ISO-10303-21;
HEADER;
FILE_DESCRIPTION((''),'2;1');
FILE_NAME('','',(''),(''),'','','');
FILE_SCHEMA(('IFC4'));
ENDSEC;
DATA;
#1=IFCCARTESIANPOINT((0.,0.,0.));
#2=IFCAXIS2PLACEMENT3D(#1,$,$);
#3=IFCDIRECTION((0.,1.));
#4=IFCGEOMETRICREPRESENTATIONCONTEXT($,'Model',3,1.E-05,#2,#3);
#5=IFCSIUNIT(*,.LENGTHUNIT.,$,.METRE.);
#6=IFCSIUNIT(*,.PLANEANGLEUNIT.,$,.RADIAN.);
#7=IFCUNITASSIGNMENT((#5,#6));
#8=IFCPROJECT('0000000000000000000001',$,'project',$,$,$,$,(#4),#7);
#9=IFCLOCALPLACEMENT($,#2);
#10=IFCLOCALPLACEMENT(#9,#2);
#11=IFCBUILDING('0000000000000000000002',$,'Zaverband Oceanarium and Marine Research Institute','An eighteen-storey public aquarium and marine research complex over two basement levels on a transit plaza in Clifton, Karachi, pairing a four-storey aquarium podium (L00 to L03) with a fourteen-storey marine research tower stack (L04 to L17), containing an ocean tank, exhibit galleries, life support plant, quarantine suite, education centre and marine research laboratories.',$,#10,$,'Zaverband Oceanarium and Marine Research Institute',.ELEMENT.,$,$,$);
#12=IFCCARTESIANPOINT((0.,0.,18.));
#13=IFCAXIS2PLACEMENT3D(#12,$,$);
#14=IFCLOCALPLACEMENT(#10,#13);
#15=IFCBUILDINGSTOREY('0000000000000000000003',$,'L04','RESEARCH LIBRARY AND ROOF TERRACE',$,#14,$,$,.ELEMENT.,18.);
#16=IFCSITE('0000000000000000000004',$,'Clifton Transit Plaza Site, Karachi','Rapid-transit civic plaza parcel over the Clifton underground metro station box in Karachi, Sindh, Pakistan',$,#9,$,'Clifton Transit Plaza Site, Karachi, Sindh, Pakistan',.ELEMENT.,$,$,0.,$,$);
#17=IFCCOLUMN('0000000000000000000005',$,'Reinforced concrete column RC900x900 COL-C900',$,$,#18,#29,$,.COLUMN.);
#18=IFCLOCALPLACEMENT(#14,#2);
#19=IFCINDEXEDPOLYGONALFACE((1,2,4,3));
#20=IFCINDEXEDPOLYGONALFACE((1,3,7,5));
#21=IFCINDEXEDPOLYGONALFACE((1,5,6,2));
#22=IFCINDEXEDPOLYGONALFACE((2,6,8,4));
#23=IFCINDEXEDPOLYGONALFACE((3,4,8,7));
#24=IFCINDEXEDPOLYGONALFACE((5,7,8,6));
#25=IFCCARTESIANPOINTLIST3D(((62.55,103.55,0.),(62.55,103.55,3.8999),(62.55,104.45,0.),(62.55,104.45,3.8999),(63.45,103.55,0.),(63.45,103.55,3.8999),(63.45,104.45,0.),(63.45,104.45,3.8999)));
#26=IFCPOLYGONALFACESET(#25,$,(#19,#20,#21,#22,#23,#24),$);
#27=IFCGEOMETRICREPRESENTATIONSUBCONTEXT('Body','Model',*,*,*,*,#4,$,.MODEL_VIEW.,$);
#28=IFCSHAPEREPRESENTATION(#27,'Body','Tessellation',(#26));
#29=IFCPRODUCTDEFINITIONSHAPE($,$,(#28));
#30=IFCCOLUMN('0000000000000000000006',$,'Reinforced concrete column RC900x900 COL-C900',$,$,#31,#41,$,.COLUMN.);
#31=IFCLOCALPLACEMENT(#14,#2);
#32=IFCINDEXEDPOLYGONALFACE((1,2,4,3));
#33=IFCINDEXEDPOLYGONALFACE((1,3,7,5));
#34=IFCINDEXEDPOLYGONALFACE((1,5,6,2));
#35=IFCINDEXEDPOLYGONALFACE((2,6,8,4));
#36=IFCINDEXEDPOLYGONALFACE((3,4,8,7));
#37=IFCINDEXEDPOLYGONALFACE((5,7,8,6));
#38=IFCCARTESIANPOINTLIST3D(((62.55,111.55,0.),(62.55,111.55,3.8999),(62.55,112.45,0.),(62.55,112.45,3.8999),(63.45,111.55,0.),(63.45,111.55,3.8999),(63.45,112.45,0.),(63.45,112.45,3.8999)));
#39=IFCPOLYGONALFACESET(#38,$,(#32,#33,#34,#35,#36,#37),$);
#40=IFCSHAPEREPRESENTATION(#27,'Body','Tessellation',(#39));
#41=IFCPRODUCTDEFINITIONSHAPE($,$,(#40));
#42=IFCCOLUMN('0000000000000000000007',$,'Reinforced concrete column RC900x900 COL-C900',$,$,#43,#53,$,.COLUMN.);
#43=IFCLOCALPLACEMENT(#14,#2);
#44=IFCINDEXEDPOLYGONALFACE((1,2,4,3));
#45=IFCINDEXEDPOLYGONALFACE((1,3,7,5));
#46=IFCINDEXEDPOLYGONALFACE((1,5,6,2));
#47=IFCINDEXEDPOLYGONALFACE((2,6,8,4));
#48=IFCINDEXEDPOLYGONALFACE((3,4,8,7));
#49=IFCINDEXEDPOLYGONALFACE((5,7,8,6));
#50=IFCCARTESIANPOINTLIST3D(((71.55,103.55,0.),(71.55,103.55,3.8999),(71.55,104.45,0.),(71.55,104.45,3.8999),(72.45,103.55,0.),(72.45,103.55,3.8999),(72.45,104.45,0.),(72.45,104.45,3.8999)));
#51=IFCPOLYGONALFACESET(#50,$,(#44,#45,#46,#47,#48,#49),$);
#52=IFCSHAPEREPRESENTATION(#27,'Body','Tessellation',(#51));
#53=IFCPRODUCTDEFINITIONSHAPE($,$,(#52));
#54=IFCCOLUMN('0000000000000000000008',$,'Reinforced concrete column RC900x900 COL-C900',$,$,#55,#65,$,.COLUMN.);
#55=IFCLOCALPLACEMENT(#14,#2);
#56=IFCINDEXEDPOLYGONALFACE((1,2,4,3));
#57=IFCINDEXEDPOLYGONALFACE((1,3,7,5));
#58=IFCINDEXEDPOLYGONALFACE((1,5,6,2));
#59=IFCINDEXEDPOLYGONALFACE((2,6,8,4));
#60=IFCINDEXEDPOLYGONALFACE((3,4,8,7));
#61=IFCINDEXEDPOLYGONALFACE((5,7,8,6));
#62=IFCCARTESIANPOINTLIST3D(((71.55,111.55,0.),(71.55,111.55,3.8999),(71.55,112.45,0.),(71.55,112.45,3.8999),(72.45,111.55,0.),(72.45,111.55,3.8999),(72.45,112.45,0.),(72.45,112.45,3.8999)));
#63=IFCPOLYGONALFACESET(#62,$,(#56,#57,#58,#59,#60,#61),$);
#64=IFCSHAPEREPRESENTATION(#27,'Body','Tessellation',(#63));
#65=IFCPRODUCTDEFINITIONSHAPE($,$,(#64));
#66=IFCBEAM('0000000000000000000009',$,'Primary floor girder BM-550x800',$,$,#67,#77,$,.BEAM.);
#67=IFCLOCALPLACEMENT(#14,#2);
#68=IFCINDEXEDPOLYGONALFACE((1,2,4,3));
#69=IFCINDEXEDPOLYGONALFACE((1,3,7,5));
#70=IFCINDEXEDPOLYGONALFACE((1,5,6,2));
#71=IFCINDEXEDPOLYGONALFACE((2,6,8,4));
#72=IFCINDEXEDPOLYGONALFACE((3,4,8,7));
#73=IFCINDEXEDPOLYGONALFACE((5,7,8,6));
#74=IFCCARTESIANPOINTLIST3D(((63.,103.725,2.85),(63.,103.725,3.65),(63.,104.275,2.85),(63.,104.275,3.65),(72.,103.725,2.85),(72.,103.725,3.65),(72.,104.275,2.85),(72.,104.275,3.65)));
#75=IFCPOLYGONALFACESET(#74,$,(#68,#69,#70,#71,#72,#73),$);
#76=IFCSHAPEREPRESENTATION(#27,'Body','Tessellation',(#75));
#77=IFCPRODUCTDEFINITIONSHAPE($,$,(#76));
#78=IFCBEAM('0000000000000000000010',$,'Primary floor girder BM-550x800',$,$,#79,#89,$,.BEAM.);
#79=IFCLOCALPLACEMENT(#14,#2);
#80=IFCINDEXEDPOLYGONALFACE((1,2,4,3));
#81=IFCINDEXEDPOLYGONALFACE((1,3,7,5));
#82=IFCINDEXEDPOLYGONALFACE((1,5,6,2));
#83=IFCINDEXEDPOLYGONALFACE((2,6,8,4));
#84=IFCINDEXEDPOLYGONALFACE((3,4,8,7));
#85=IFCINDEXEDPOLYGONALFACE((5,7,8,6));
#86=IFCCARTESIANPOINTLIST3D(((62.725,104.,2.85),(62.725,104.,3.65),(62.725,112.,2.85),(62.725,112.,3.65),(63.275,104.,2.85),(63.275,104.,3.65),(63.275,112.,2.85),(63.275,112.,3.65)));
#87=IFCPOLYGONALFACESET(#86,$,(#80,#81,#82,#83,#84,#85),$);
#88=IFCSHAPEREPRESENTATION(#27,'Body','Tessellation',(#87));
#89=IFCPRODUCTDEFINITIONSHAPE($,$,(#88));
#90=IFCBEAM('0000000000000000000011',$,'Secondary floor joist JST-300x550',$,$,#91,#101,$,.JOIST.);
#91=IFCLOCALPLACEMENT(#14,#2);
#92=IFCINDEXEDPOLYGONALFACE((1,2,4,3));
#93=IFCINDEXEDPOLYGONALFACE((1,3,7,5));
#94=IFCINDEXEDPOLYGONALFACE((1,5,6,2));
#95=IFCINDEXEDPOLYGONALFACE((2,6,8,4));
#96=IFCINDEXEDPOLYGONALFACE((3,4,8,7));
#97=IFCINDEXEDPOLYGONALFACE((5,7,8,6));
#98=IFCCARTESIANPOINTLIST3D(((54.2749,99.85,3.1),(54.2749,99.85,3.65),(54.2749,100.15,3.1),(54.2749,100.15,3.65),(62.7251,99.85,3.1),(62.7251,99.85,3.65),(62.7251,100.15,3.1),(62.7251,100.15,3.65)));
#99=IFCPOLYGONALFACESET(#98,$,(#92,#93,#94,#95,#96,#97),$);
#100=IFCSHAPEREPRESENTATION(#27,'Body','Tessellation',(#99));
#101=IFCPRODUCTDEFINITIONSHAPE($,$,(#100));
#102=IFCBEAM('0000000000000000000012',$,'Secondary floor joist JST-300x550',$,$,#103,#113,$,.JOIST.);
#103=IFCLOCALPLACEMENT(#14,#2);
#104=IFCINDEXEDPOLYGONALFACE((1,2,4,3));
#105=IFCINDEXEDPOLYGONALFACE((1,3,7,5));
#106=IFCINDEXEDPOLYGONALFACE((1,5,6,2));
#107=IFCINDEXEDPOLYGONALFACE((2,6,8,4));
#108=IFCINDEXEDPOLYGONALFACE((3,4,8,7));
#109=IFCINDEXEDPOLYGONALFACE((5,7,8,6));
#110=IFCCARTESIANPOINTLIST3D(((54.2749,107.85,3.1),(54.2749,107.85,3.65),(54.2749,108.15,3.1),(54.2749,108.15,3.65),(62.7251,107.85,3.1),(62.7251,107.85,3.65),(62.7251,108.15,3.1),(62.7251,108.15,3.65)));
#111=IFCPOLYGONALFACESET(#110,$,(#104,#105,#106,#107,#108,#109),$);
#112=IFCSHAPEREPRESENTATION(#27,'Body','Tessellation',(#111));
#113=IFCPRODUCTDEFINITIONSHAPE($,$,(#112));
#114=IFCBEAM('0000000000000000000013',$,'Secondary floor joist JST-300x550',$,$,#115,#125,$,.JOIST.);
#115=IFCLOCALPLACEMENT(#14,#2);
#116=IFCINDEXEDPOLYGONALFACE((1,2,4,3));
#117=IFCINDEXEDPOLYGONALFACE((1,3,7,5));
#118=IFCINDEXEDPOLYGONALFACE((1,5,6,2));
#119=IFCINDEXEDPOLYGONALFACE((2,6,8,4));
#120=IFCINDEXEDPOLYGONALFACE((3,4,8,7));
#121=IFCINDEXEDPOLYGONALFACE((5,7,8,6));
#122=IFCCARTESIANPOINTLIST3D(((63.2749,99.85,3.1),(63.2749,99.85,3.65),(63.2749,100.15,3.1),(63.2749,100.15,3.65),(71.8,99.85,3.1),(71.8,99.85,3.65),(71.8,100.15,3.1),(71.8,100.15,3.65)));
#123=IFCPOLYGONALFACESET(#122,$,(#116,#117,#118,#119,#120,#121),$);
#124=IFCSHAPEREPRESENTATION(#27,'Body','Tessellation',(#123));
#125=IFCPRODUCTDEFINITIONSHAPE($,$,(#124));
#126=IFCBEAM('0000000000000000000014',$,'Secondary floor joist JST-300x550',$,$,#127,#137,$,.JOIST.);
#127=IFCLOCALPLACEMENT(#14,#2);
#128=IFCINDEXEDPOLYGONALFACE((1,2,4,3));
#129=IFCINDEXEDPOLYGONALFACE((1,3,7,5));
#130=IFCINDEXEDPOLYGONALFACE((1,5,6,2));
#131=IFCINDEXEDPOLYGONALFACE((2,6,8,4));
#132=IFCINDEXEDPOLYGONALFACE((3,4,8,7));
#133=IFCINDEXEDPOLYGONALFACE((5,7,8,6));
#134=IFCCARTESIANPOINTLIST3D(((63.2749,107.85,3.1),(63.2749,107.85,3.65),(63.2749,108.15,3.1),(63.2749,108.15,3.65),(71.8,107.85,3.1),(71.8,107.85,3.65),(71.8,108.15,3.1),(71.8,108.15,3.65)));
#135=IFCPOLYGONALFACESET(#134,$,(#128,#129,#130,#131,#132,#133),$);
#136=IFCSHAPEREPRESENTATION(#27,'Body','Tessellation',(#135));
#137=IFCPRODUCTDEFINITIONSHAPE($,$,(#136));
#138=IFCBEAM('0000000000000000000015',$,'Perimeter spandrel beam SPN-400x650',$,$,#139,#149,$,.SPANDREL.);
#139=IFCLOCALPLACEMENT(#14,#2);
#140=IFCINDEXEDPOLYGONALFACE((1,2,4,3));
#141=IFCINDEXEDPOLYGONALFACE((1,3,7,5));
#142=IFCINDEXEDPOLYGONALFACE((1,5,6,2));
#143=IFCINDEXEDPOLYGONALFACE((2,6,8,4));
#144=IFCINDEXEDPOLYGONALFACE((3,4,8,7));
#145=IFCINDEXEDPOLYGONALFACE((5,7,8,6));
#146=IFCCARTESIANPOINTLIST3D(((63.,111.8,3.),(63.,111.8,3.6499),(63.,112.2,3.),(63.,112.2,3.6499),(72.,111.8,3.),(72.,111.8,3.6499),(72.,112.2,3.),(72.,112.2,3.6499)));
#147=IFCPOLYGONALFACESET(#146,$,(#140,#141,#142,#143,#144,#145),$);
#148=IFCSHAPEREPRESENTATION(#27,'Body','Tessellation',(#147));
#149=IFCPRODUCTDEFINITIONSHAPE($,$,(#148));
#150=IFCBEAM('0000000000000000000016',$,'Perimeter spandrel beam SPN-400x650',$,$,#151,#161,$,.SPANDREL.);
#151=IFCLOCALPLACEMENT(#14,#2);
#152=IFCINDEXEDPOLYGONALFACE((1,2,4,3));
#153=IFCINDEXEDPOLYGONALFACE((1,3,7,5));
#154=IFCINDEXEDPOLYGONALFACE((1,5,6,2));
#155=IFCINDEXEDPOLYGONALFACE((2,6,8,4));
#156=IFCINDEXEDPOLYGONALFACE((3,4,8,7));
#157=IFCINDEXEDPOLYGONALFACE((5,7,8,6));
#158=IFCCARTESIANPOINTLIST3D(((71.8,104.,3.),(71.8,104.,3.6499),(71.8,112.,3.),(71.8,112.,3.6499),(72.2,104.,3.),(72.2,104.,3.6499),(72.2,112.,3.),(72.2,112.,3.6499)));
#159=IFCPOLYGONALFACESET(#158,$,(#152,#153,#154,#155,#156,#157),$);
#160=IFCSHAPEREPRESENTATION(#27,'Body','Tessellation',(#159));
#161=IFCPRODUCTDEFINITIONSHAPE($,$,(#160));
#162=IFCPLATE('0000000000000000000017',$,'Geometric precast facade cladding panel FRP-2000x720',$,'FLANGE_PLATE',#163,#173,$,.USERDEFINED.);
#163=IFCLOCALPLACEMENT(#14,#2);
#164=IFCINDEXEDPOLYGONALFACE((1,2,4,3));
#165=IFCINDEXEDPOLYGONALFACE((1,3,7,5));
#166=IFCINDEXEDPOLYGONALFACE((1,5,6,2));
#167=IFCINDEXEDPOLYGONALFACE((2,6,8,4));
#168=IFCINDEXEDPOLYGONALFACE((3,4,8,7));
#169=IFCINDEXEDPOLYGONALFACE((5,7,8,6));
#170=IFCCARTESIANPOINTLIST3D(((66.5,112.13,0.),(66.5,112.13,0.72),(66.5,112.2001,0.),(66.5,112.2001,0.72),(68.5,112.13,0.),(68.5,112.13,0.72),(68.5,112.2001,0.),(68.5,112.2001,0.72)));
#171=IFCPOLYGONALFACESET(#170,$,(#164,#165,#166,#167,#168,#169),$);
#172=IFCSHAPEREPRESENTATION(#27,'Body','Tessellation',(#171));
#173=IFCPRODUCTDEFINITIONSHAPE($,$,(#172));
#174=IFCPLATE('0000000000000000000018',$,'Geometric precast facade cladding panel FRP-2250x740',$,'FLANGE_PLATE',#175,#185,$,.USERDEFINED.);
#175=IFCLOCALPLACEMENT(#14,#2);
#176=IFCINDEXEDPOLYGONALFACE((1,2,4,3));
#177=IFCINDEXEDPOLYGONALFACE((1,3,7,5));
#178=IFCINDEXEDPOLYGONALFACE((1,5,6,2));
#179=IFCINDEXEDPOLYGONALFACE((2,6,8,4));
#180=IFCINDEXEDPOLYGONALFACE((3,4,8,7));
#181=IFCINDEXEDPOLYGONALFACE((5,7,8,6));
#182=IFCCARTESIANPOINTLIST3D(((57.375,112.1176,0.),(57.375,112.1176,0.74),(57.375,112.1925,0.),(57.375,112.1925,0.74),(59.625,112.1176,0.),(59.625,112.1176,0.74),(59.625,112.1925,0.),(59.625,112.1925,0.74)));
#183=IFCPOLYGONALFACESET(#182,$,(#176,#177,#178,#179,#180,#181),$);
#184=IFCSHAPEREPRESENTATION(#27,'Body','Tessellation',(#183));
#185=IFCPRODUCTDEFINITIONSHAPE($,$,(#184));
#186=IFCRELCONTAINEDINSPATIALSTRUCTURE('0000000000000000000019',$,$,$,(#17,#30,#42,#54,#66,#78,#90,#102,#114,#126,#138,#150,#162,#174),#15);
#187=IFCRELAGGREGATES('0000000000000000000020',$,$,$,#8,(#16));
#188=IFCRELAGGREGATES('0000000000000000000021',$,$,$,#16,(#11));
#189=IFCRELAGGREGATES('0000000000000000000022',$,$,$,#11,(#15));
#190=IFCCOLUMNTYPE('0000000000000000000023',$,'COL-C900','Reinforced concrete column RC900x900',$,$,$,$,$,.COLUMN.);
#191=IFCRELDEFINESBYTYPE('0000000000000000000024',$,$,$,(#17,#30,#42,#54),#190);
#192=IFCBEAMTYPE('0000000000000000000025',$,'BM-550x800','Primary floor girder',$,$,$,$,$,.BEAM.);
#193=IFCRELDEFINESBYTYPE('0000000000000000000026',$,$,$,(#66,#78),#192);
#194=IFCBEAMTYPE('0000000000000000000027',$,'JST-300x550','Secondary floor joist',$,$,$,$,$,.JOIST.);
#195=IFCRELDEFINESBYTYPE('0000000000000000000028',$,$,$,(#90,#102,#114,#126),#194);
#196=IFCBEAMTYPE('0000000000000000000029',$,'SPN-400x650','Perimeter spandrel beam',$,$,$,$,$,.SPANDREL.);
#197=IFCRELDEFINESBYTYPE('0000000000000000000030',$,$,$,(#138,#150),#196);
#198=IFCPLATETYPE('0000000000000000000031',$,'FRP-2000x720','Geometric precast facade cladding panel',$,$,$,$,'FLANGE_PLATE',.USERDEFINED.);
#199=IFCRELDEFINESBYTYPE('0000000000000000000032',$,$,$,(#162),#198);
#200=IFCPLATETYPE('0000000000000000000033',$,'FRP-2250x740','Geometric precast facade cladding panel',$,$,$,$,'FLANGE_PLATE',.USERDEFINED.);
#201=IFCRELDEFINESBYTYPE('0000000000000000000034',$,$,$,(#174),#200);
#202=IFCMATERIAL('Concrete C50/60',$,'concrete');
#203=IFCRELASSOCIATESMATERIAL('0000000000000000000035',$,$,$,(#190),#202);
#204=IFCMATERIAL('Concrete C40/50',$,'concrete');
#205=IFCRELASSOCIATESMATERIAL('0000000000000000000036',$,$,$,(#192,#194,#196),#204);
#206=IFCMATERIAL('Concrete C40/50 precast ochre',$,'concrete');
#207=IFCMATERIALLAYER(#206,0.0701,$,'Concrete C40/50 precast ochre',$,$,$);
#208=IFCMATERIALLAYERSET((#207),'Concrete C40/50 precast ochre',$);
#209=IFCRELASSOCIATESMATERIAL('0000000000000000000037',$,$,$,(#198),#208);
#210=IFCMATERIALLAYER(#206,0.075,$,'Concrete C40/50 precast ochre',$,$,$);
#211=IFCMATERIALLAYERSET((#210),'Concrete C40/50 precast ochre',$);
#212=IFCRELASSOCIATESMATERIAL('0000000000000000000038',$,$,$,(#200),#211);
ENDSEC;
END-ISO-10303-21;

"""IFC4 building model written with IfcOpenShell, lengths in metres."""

from ifc_helpers import new_model, si_unit, direction, frame, frame_2d, origin, origin_2d, place, context, subcontext, project, spatial, rectangle, extrude, material, layer, layer_set, material_profile, profile_set, type_object, element, save


model = new_model("IFC4")

# Units and contexts
model_context = context("Model", 3, precision=1e-05, world=origin(), true_north=direction((0.0, 1.0)))
body_context = subcontext(model_context, "Body", "Model", "MODEL_VIEW")
ifc_project = project(units=[si_unit("LENGTHUNIT", "METRE"), si_unit("PLANEANGLEUNIT", "RADIAN")], contexts=[model_context])

# Site, building, storey
site_placement = place(None, origin())
site = spatial("IfcSite", under=ifc_project, at=site_placement, Name="Clifton Transit Plaza Site, Karachi", Description="Rapid-transit civic plaza parcel over the Clifton underground metro station box in Karachi, Sindh, Pakistan", LongName="Clifton Transit Plaza Site, Karachi, Sindh, Pakistan", CompositionType="ELEMENT", RefElevation=0.0)
building_placement = place(site_placement, origin())
building = spatial("IfcBuilding", under=site, at=building_placement, Name="Zaverband Oceanarium and Marine Research Institute", Description="An eighteen-storey public aquarium and marine research complex over two basement levels on a transit plaza in Clifton, Karachi, pairing a four-storey aquarium podium (L00 to L03) with a fourteen-storey marine research tower stack (L04 to L17), containing an ocean tank, exhibit galleries, life support plant, quarantine suite, education centre and marine research laboratories.", LongName="Zaverband Oceanarium and Marine Research Institute", CompositionType="ELEMENT")
storey_placement = place(building_placement, frame((0.0, 0.0, 18.0)))
storey = spatial("IfcBuildingStorey", under=building, at=storey_placement, Name="L04", Description="RESEARCH LIBRARY AND ROOF TERRACE", CompositionType="ELEMENT", Elevation=18.0)

# Columns
ifc_material_1 = material(Name="Concrete C50/60", Category="concrete")
ifc_material_profile_1 = material_profile(ifc_material_1, rectangle(XDim=0.8999, YDim=0.8999, at=origin_2d()), Name="RC900x900")
ifc_profile_set_1 = profile_set([ifc_material_profile_1], Name="Concrete C50/60")
column_type = type_object("IfcColumnType", Name="COL-C900", Description="Reinforced concrete column RC900x900", PredefinedType="COLUMN", material=ifc_profile_set_1)
for number, where, z_axis, x_axis, name in (
    (1, (63.0, 104.0, 0.0), (0.0, 0.0, 1.0), (1.0, 0.0, 0.0), "Reinforced concrete column RC900x900 COL-C900"),
    (2, (63.0, 112.0, 0.0), (0.0, 0.0, 1.0), (1.0, 0.0, 0.0), "Reinforced concrete column RC900x900 COL-C900"),
    (3, (72.0, 104.0, 0.0), (0.0, 0.0, 1.0), (1.0, 0.0, 0.0), "Reinforced concrete column RC900x900 COL-C900"),
    (4, (72.0, 112.0, 0.0), (0.0, 0.0, 1.0), (1.0, 0.0, 0.0), "Reinforced concrete column RC900x900 COL-C900"),
):
    element("IfcColumn", number, at=place(storey_placement, frame(where, z_axis=z_axis, x_axis=x_axis)), inside=storey, type_object=column_type, Name=name, PredefinedType="COLUMN", context=body_context, shape_type="SweptSolid", body=[
        extrude(rectangle(XDim=0.8999, YDim=0.8999, at=origin_2d()), origin(), (0.0, 0.0, 1.0), 3.8999),
    ])

# Beams
ifc_material_2 = material(Name="Concrete C40/50", Category="concrete")
ifc_material_profile_2 = material_profile(ifc_material_2, rectangle(XDim=0.55, YDim=0.8, at=origin_2d()), Name="RC550x800")
ifc_profile_set_2 = profile_set([ifc_material_profile_2], Name="Concrete C40/50")
beam_type_1 = type_object("IfcBeamType", Name="BM-550x800", Description="Primary floor girder", PredefinedType="BEAM", material=ifc_profile_set_2)
beam_1_placement = place(storey_placement, frame((63.0, 104.0, 3.25), z_axis=(1.0, 0.0, 0.0), x_axis=(0.0, 1.0, 0.0)))
element("IfcBeam", 5, at=beam_1_placement, inside=storey, type_object=beam_type_1, Name="Primary floor girder BM-550x800", PredefinedType="BEAM", context=body_context, shape_type="SweptSolid", body=[
    extrude(rectangle(XDim=0.55, YDim=0.8, at=origin_2d()), origin(), (0.0, 0.0, 1.0), 9.0),
])
beam_2_placement = place(storey_placement, frame((63.0, 104.0, 3.25), z_axis=(0.0, 1.0, 0.0), x_axis=(-1.0, 0.0, 0.0)))
element("IfcBeam", 6, at=beam_2_placement, inside=storey, type_object=beam_type_1, Name="Primary floor girder BM-550x800", PredefinedType="BEAM", context=body_context, shape_type="SweptSolid", body=[
    extrude(rectangle(XDim=0.55, YDim=0.8, at=origin_2d()), origin(), (0.0, 0.0, 1.0), 8.0),
])
ifc_material_profile_3 = material_profile(ifc_material_2, rectangle(XDim=0.3, YDim=0.55, at=origin_2d()), Name="RC300x550")
ifc_profile_set_3 = profile_set([ifc_material_profile_3], Name="Concrete C40/50")
beam_type_2 = type_object("IfcBeamType", Name="JST-300x550", Description="Secondary floor joist", PredefinedType="JOIST", material=ifc_profile_set_3)
for number, where, z_axis, x_axis, name in (
    (7, (54.2749, 100.0, 3.375), (1.0, 0.0, 0.0), (0.0, 1.0, 0.0), "Secondary floor joist JST-300x550"),
    (8, (54.2749, 108.0, 3.375), (1.0, 0.0, 0.0), (0.0, 1.0, 0.0), "Secondary floor joist JST-300x550"),
):
    element("IfcBeam", number, at=place(storey_placement, frame(where, z_axis=z_axis, x_axis=x_axis)), inside=storey, type_object=beam_type_2, Name=name, PredefinedType="JOIST", context=body_context, shape_type="SweptSolid", body=[
        extrude(rectangle(XDim=0.3, YDim=0.55, at=origin_2d()), origin(), (0.0, 0.0, 1.0), 8.4502),
    ])
for number, where, z_axis, x_axis, name in (
    (9, (63.2749, 100.0, 3.375), (1.0, 0.0, 0.0), (0.0, 1.0, 0.0), "Secondary floor joist JST-300x550"),
    (10, (63.2749, 108.0, 3.375), (1.0, 0.0, 0.0), (0.0, 1.0, 0.0), "Secondary floor joist JST-300x550"),
):
    element("IfcBeam", number, at=place(storey_placement, frame(where, z_axis=z_axis, x_axis=x_axis)), inside=storey, type_object=beam_type_2, Name=name, PredefinedType="JOIST", context=body_context, shape_type="SweptSolid", body=[
        extrude(rectangle(XDim=0.3, YDim=0.55, at=origin_2d()), origin(), (0.0, 0.0, 1.0), 8.5251),
    ])
ifc_material_profile_4 = material_profile(ifc_material_2, rectangle(XDim=0.3999, YDim=0.6499, at=origin_2d()), Name="RC400x650")
ifc_profile_set_4 = profile_set([ifc_material_profile_4], Name="Concrete C40/50")
beam_type_3 = type_object("IfcBeamType", Name="SPN-400x650", Description="Perimeter spandrel beam", PredefinedType="SPANDREL", material=ifc_profile_set_4)
beam_3_placement = place(storey_placement, frame((63.0, 112.0, 3.325), z_axis=(1.0, 0.0, 0.0), x_axis=(0.0, 1.0, 0.0)))
element("IfcBeam", 11, at=beam_3_placement, inside=storey, type_object=beam_type_3, Name="Perimeter spandrel beam SPN-400x650", PredefinedType="SPANDREL", context=body_context, shape_type="SweptSolid", body=[
    extrude(rectangle(XDim=0.3999, YDim=0.6499, at=origin_2d()), origin(), (0.0, 0.0, 1.0), 9.0),
])
beam_4_placement = place(storey_placement, frame((72.0, 104.0, 3.325), z_axis=(0.0, 1.0, 0.0), x_axis=(-1.0, 0.0, 0.0)))
element("IfcBeam", 12, at=beam_4_placement, inside=storey, type_object=beam_type_3, Name="Perimeter spandrel beam SPN-400x650", PredefinedType="SPANDREL", context=body_context, shape_type="SweptSolid", body=[
    extrude(rectangle(XDim=0.3999, YDim=0.6499, at=origin_2d()), origin(), (0.0, 0.0, 1.0), 8.0),
])

# Plates
ifc_material_3 = material(Name="Concrete C40/50 precast ochre", Category="concrete")
ifc_layer_1 = layer(ifc_material_3, 0.0701, Name="Concrete C40/50 precast ochre")
ifc_layer_set_1 = layer_set([ifc_layer_1], Name="Concrete C40/50 precast ochre")
plate_type_1 = type_object("IfcPlateType", Name="FRP-2000x720", Description="Geometric precast facade cladding panel", ElementType="FLANGE_PLATE", PredefinedType="USERDEFINED", material=ifc_layer_set_1)
plate_1_placement = place(storey_placement, frame((66.5, 112.165, 0.0), z_axis=(0.0, 0.0, 1.0), x_axis=(1.0, 0.0, 0.0)))
element("IfcPlate", 13, at=plate_1_placement, inside=storey, type_object=plate_type_1, Name="Geometric precast facade cladding panel FRP-2000x720", ObjectType="FLANGE_PLATE", PredefinedType="USERDEFINED", context=body_context, shape_type="SweptSolid", body=[
    extrude(rectangle(XDim=2.0, YDim=0.0701, at=frame_2d((1.0, 0.0))), origin(), (0.0, 0.0, 1.0), 0.72),
])
ifc_layer_2 = layer(ifc_material_3, 0.075, Name="Concrete C40/50 precast ochre")
ifc_layer_set_2 = layer_set([ifc_layer_2], Name="Concrete C40/50 precast ochre")
plate_type_2 = type_object("IfcPlateType", Name="FRP-2250x740", Description="Geometric precast facade cladding panel", ElementType="FLANGE_PLATE", PredefinedType="USERDEFINED", material=ifc_layer_set_2)
plate_2_placement = place(storey_placement, frame((57.375, 112.155, 0.0), z_axis=(0.0, 0.0, 1.0), x_axis=(1.0, 0.0, 0.0)))
element("IfcPlate", 14, at=plate_2_placement, inside=storey, type_object=plate_type_2, Name="Geometric precast facade cladding panel FRP-2250x740", ObjectType="FLANGE_PLATE", PredefinedType="USERDEFINED", context=body_context, shape_type="SweptSolid", body=[
    extrude(rectangle(XDim=2.25, YDim=0.075, at=frame_2d((1.125, 0.0))), origin(), (0.0, 0.0, 1.0), 0.74),
])

save(model, "model.ifc")
